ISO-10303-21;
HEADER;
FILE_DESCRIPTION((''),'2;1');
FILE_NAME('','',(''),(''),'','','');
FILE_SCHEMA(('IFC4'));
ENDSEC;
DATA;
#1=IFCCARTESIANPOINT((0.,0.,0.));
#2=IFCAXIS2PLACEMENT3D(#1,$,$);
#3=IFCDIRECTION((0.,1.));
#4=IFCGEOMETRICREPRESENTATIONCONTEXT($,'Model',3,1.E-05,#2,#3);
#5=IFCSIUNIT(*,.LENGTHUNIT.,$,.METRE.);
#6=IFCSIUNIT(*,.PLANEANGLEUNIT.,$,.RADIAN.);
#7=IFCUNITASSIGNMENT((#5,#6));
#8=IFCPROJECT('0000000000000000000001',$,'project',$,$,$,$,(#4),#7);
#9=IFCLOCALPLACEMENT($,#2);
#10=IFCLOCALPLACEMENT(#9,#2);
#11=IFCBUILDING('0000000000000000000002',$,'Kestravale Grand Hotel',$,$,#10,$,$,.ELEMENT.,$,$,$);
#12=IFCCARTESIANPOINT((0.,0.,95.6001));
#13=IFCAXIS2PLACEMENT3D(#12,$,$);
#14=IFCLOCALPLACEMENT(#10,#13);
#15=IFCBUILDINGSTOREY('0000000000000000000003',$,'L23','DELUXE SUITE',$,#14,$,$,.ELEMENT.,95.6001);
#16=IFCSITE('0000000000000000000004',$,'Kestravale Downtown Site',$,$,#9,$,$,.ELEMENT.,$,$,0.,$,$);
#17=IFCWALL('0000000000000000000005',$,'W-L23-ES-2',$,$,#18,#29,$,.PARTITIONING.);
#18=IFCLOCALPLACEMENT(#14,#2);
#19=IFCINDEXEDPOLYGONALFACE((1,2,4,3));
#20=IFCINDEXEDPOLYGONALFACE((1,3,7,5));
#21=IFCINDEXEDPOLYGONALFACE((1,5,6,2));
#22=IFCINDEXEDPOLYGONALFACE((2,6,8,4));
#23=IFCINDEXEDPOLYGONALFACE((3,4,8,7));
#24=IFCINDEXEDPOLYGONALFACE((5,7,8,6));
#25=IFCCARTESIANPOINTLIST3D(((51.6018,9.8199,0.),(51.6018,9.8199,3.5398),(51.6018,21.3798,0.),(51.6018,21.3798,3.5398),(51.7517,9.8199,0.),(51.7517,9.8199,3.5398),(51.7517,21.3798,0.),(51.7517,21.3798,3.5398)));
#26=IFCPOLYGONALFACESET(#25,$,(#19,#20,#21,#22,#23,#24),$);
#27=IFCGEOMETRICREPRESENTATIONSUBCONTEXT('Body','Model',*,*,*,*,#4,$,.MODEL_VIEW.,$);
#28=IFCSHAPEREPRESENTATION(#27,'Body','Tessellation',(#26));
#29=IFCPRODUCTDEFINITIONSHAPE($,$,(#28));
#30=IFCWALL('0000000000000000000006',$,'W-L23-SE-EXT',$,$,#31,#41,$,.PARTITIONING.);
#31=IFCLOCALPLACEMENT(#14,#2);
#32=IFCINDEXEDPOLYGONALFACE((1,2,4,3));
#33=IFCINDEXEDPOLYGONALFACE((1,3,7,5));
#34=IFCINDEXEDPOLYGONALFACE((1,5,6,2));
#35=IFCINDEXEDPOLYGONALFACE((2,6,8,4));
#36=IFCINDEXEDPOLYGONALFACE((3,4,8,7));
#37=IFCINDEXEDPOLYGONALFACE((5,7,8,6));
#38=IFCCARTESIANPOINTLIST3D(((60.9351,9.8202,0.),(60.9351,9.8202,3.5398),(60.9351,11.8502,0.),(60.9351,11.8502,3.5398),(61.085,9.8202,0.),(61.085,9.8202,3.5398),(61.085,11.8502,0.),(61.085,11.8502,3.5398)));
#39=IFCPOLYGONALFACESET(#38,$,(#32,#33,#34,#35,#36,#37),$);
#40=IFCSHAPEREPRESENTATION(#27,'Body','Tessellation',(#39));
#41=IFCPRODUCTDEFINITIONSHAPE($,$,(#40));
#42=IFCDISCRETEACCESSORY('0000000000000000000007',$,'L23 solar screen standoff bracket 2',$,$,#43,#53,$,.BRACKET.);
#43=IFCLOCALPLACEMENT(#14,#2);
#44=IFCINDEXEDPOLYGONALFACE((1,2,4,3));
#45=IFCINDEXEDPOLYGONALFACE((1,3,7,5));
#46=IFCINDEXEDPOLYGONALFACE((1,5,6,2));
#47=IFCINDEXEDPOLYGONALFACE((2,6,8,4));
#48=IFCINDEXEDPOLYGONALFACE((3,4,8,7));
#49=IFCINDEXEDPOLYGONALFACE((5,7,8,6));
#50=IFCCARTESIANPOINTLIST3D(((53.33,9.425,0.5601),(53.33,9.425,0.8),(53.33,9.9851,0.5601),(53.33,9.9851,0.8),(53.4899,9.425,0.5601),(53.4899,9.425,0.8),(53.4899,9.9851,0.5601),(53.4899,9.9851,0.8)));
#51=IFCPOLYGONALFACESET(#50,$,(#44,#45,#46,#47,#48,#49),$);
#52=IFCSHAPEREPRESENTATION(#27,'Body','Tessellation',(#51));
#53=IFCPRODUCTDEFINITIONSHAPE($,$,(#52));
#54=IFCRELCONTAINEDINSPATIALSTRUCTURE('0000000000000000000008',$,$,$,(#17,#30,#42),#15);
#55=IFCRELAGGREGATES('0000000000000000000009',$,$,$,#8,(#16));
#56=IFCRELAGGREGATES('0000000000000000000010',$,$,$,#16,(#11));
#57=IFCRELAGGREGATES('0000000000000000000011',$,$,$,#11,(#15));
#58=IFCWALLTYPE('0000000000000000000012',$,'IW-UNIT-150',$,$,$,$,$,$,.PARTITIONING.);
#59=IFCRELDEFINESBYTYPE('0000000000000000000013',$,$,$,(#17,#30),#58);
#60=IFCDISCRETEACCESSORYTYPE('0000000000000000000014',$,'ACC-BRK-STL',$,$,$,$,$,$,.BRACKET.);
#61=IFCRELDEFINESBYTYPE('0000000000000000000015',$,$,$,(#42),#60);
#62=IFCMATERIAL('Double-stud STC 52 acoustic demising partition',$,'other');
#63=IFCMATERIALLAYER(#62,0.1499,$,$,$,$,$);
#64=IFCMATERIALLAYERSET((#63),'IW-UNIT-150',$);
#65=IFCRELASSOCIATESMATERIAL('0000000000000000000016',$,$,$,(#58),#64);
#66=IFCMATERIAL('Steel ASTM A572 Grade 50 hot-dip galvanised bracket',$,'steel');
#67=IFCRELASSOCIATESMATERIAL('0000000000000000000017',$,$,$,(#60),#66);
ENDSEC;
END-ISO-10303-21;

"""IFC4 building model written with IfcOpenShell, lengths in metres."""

from ifc_helpers import new_model, si_unit, direction, frame, frame_2d, origin, origin_2d, place, context, subcontext, project, spatial, rectangle, extrude, material, layer, layer_set, type_object, element, save


model = new_model("IFC4")

# Units and contexts
model_context = context("Model", 3, precision=1e-05, world=origin(), true_north=direction((0.0, 1.0)))
body_context = subcontext(model_context, "Body", "Model", "MODEL_VIEW")
ifc_project = project(units=[si_unit("LENGTHUNIT", "METRE"), si_unit("PLANEANGLEUNIT", "RADIAN")], contexts=[model_context])

# Site, building, storey
site_placement = place(None, origin())
site = spatial("IfcSite", under=ifc_project, at=site_placement, Name="Kestravale Downtown Site", CompositionType="ELEMENT", RefElevation=0.0)
building_placement = place(site_placement, origin())
building = spatial("IfcBuilding", under=site, at=building_placement, Name="Kestravale Grand Hotel", CompositionType="ELEMENT")
storey_placement = place(building_placement, frame((0.0, 0.0, 95.6001)))
storey = spatial("IfcBuildingStorey", under=building, at=storey_placement, Name="L23", Description="DELUXE SUITE", CompositionType="ELEMENT", Elevation=95.6001)

# Walls
ifc_material_1 = material(Name="Double-stud STC 52 acoustic demising partition", Category="other")
ifc_layer_1 = layer(ifc_material_1, 0.1499)
ifc_layer_set_1 = layer_set([ifc_layer_1], Name="IW-UNIT-150")
wall_type_1 = type_object("IfcWallType", Name="IW-UNIT-150", PredefinedType="PARTITIONING", material=ifc_layer_set_1)
wall_1_placement = place(storey_placement, frame((51.6768, 9.8201, 0.0), z_axis=(0.0, 0.0, 1.0), x_axis=(0.0, 1.0, 0.0)))
element("IfcWall", 1, at=wall_1_placement, inside=storey, type_object=wall_type_1, Name="W-L23-ES-2", PredefinedType="PARTITIONING", context=body_context, shape_type="SweptSolid", body=[
    extrude(rectangle(XDim=11.5598, YDim=0.1499, at=frame_2d((5.7798, 0.0))), origin(), (0.0, 0.0, 1.0), 3.5398),
])
wall_2_placement = place(storey_placement, frame((61.01, 9.8201, 0.0), z_axis=(0.0, 0.0, 1.0), x_axis=(0.0, 1.0, 0.0)))
element("IfcWall", 2, at=wall_2_placement, inside=storey, type_object=wall_type_1, Name="W-L23-SE-EXT", PredefinedType="PARTITIONING", context=body_context, shape_type="SweptSolid", body=[
    extrude(rectangle(XDim=2.03, YDim=0.1499, at=frame_2d((1.0151, 0.0))), origin(), (0.0, 0.0, 1.0), 3.5398),
])

# Discrete accessory
ifc_material_2 = material(Name="Steel ASTM A572 Grade 50 hot-dip galvanised bracket", Category="steel")
discrete_accessory_type = type_object("IfcDiscreteAccessoryType", Name="ACC-BRK-STL", PredefinedType="BRACKET", material=ifc_material_2)
discrete_accessory_placement = place(storey_placement, frame((53.4099, 9.7051, 0.5601), z_axis=(0.0, 0.0, 1.0), x_axis=(1.0, 0.0, 0.0)))
element("IfcDiscreteAccessory", 3, at=discrete_accessory_placement, inside=storey, type_object=discrete_accessory_type, Name="L23 solar screen standoff bracket 2", PredefinedType="BRACKET", context=body_context, shape_type="SweptSolid", body=[
    extrude(rectangle(XDim=0.1599, YDim=0.5601, at=origin_2d()), origin(), (0.0, 0.0, 1.0), 0.24),
])

save(model, "model.ifc")
